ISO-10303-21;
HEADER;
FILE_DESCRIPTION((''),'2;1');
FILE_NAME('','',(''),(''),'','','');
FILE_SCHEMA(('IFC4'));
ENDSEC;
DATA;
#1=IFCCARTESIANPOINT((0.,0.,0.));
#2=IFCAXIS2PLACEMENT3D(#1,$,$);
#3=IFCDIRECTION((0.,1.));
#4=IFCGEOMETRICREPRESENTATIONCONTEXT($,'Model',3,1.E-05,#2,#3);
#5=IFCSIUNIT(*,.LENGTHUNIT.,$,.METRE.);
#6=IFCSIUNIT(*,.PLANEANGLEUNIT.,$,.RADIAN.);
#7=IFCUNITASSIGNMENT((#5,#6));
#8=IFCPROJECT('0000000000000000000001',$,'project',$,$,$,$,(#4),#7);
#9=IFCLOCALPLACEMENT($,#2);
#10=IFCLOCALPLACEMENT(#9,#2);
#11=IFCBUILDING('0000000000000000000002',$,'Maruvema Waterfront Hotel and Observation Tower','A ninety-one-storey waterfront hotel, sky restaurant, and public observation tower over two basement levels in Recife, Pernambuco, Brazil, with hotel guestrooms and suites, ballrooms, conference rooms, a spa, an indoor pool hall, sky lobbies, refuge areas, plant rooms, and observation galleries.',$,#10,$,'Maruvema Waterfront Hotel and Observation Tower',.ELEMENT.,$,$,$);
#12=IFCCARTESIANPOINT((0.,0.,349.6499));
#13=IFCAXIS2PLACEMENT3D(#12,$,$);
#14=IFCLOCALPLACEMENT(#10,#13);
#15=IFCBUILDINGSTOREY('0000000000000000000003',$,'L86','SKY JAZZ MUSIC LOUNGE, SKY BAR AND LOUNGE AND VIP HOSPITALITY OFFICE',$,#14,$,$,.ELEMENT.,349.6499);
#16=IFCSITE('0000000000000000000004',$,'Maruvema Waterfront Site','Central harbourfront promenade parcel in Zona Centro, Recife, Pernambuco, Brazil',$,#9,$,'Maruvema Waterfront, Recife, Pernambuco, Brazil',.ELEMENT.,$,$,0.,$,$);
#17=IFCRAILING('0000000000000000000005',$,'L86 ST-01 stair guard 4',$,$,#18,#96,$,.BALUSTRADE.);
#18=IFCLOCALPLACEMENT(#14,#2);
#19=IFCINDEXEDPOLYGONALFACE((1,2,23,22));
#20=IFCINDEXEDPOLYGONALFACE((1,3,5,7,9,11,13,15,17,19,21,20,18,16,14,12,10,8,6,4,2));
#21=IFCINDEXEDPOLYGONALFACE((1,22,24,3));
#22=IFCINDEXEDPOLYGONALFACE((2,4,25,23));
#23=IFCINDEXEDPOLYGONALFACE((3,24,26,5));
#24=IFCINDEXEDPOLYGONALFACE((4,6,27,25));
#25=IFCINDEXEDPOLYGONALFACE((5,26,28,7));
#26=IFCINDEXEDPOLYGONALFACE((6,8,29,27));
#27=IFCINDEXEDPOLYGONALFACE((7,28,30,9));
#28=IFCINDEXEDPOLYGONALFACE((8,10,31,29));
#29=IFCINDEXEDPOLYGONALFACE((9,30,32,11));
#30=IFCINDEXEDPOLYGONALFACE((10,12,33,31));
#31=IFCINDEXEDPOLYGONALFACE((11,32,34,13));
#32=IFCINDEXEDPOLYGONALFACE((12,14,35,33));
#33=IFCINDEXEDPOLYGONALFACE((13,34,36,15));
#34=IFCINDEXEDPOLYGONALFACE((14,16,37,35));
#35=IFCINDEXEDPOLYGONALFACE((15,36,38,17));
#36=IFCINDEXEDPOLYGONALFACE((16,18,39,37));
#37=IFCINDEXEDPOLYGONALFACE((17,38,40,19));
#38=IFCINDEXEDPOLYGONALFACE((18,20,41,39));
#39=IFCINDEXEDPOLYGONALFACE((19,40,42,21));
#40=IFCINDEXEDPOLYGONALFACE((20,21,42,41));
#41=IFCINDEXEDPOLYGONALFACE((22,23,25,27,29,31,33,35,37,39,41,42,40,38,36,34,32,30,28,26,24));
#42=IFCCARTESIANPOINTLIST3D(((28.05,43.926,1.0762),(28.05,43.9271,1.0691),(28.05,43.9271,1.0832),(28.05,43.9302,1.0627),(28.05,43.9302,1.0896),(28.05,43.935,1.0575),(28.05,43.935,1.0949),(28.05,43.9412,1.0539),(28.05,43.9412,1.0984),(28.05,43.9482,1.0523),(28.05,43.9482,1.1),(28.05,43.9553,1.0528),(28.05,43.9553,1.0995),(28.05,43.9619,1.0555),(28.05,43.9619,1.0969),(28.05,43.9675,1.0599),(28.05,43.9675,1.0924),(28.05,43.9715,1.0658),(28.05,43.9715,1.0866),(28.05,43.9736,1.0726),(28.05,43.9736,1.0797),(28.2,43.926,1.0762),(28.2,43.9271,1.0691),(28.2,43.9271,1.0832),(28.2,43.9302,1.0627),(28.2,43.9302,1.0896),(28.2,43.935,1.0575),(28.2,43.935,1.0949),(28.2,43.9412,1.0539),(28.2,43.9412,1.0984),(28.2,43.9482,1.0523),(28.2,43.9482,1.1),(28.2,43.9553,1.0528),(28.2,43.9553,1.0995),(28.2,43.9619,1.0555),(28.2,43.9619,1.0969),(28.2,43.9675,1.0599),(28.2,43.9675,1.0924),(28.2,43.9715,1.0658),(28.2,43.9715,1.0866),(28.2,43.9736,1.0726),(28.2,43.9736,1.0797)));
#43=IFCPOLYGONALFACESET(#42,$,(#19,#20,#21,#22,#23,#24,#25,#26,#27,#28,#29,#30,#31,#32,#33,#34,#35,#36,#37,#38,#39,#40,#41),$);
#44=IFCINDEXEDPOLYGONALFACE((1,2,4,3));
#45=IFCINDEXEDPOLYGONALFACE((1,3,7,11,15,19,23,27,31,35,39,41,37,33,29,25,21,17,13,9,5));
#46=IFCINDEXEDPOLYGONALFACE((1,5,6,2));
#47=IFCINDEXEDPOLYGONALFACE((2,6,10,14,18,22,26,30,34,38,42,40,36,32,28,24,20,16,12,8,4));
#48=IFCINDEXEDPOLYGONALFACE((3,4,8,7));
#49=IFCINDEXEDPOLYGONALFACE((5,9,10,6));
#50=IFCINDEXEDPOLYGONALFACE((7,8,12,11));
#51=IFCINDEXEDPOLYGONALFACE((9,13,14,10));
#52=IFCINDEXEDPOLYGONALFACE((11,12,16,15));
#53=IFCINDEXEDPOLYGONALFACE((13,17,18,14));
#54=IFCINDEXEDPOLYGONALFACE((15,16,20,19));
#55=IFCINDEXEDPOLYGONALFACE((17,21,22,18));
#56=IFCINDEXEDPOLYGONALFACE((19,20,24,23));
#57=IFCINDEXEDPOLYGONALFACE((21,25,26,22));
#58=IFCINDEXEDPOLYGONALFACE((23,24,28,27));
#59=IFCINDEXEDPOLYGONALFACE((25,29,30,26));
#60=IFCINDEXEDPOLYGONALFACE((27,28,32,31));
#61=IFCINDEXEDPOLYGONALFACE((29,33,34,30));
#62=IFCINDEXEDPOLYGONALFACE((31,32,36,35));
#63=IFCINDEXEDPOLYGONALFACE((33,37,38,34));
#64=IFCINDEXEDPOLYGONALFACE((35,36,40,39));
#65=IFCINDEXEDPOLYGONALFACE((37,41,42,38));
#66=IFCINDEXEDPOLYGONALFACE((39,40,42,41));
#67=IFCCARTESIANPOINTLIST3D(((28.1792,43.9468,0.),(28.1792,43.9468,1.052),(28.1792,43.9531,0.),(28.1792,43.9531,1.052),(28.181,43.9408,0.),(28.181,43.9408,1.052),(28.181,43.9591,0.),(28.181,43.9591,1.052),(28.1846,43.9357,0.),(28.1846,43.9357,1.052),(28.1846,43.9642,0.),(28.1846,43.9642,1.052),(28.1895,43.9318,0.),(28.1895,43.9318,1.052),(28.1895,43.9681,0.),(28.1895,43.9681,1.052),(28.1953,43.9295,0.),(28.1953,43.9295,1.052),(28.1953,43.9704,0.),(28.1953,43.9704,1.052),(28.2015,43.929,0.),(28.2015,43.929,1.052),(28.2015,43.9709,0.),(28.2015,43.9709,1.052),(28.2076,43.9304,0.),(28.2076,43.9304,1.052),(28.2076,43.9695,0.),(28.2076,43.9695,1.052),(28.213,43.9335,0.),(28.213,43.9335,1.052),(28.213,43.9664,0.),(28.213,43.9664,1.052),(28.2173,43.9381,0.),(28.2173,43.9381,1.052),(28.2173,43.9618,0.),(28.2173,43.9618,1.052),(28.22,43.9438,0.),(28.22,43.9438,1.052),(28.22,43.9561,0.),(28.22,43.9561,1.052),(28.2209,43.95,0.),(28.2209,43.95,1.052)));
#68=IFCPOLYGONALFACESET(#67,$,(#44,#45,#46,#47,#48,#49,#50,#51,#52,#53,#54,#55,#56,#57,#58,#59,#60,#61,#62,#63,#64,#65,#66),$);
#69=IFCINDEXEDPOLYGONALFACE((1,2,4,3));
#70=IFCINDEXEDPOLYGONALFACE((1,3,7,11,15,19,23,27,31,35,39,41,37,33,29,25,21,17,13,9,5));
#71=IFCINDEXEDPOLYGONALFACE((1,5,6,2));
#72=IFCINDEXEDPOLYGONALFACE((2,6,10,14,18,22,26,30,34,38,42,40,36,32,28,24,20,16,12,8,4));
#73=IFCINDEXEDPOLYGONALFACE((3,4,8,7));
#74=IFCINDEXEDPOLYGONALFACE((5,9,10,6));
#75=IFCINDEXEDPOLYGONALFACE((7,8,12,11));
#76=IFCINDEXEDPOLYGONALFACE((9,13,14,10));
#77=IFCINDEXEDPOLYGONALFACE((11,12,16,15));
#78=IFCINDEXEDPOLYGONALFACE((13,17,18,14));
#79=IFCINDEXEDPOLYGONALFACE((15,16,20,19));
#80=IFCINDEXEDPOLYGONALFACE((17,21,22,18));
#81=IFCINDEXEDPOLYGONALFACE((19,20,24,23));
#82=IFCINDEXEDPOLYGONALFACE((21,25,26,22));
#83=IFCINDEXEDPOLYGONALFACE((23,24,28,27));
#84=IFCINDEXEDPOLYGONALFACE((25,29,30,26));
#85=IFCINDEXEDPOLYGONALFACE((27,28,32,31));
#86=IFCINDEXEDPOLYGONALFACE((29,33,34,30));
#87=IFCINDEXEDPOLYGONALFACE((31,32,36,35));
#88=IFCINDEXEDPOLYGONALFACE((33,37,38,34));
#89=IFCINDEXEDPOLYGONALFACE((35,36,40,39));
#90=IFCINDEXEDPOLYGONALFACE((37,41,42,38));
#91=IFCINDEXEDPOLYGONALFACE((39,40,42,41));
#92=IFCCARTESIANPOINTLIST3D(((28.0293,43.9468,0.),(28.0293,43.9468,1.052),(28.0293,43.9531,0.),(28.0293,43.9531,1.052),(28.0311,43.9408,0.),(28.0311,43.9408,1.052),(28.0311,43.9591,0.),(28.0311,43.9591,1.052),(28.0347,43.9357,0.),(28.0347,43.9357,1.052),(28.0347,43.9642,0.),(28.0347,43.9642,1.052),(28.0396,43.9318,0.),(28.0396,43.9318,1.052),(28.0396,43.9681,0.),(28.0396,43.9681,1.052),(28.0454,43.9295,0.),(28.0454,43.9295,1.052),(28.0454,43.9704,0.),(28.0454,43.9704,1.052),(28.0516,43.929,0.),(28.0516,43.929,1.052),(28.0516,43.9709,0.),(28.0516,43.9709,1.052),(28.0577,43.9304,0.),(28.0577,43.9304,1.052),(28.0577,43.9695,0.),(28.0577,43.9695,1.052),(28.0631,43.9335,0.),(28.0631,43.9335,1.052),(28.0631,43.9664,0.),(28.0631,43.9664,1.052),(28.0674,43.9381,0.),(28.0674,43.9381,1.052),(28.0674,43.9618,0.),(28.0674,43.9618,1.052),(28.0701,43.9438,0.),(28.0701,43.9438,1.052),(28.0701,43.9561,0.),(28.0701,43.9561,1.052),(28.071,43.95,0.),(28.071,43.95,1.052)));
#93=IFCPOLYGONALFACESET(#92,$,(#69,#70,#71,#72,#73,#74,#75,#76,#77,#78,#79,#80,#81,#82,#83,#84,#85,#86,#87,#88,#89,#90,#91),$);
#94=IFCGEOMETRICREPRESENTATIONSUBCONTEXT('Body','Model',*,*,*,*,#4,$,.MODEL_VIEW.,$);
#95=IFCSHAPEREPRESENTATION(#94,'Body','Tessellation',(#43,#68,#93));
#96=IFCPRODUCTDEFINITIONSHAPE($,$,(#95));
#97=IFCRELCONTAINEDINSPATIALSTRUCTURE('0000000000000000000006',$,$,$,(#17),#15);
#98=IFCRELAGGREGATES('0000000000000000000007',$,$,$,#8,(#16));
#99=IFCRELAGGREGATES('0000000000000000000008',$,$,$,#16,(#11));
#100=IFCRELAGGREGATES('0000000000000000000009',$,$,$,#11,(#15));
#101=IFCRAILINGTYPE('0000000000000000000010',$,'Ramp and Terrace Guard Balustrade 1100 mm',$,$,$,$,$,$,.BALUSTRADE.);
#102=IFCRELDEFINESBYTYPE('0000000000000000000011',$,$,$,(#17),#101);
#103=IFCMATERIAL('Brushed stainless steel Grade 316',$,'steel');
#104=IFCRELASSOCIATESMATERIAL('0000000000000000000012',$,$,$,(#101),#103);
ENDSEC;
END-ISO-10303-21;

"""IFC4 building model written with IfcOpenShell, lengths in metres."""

from ifc_helpers import new_model, si_unit, direction, frame, origin, origin_2d, place, context, subcontext, project, spatial, circle, extrude, material, type_object, element, save


model = new_model("IFC4")

# Units and contexts
model_context = context("Model", 3, precision=1e-05, world=origin(), true_north=direction((0.0, 1.0)))
body_context = subcontext(model_context, "Body", "Model", "MODEL_VIEW")
ifc_project = project(units=[si_unit("LENGTHUNIT", "METRE"), si_unit("PLANEANGLEUNIT", "RADIAN")], contexts=[model_context])

# Site, building, storey
site_placement = place(None, origin())
site = spatial("IfcSite", under=ifc_project, at=site_placement, Name="Maruvema Waterfront Site", Description="Central harbourfront promenade parcel in Zona Centro, Recife, Pernambuco, Brazil", LongName="Maruvema Waterfront, Recife, Pernambuco, Brazil", CompositionType="ELEMENT", RefElevation=0.0)
building_placement = place(site_placement, origin())
building = spatial("IfcBuilding", under=site, at=building_placement, Name="Maruvema Waterfront Hotel and Observation Tower", Description="A ninety-one-storey waterfront hotel, sky restaurant, and public observation tower over two basement levels in Recife, Pernambuco, Brazil, with hotel guestrooms and suites, ballrooms, conference rooms, a spa, an indoor pool hall, sky lobbies, refuge areas, plant rooms, and observation galleries.", LongName="Maruvema Waterfront Hotel and Observation Tower", CompositionType="ELEMENT")
storey_placement = place(building_placement, frame((0.0, 0.0, 349.6499)))
storey = spatial("IfcBuildingStorey", under=building, at=storey_placement, Name="L86", Description="SKY JAZZ MUSIC LOUNGE, SKY BAR AND LOUNGE AND VIP HOSPITALITY OFFICE", CompositionType="ELEMENT", Elevation=349.6499)

# Railing
ifc_material_1 = material(Name="Brushed stainless steel Grade 316", Category="steel")
railing_type = type_object("IfcRailingType", Name="Ramp and Terrace Guard Balustrade 1100 mm", PredefinedType="BALUSTRADE", material=ifc_material_1)
railing_1_placement = place(storey_placement, frame((28.2, 43.95, 0.0)))
element("IfcRailing", 1, at=railing_1_placement, inside=storey, type_object=railing_type, Name="L86 ST-01 stair guard 4", PredefinedType="BALUSTRADE", context=body_context, shape_type="SweptSolid", body=[
    extrude(circle(Radius=0.0239, at=origin_2d()), frame((0.0, 0.0, 1.0762), z_axis=(-1.0, 0.0, 0.0), x_axis=(0.0, -1.0, 0.0)), (0.0, 0.0, 1.0), 0.1499),
    extrude(circle(Radius=0.021, at=origin_2d()), origin(), (0.0, 0.0, 1.0), 1.052),
    extrude(circle(Radius=0.021, at=origin_2d()), frame((-0.1499, 0.0, 0.0)), (0.0, 0.0, 1.0), 1.052),
])

save(model, "model.ifc")
